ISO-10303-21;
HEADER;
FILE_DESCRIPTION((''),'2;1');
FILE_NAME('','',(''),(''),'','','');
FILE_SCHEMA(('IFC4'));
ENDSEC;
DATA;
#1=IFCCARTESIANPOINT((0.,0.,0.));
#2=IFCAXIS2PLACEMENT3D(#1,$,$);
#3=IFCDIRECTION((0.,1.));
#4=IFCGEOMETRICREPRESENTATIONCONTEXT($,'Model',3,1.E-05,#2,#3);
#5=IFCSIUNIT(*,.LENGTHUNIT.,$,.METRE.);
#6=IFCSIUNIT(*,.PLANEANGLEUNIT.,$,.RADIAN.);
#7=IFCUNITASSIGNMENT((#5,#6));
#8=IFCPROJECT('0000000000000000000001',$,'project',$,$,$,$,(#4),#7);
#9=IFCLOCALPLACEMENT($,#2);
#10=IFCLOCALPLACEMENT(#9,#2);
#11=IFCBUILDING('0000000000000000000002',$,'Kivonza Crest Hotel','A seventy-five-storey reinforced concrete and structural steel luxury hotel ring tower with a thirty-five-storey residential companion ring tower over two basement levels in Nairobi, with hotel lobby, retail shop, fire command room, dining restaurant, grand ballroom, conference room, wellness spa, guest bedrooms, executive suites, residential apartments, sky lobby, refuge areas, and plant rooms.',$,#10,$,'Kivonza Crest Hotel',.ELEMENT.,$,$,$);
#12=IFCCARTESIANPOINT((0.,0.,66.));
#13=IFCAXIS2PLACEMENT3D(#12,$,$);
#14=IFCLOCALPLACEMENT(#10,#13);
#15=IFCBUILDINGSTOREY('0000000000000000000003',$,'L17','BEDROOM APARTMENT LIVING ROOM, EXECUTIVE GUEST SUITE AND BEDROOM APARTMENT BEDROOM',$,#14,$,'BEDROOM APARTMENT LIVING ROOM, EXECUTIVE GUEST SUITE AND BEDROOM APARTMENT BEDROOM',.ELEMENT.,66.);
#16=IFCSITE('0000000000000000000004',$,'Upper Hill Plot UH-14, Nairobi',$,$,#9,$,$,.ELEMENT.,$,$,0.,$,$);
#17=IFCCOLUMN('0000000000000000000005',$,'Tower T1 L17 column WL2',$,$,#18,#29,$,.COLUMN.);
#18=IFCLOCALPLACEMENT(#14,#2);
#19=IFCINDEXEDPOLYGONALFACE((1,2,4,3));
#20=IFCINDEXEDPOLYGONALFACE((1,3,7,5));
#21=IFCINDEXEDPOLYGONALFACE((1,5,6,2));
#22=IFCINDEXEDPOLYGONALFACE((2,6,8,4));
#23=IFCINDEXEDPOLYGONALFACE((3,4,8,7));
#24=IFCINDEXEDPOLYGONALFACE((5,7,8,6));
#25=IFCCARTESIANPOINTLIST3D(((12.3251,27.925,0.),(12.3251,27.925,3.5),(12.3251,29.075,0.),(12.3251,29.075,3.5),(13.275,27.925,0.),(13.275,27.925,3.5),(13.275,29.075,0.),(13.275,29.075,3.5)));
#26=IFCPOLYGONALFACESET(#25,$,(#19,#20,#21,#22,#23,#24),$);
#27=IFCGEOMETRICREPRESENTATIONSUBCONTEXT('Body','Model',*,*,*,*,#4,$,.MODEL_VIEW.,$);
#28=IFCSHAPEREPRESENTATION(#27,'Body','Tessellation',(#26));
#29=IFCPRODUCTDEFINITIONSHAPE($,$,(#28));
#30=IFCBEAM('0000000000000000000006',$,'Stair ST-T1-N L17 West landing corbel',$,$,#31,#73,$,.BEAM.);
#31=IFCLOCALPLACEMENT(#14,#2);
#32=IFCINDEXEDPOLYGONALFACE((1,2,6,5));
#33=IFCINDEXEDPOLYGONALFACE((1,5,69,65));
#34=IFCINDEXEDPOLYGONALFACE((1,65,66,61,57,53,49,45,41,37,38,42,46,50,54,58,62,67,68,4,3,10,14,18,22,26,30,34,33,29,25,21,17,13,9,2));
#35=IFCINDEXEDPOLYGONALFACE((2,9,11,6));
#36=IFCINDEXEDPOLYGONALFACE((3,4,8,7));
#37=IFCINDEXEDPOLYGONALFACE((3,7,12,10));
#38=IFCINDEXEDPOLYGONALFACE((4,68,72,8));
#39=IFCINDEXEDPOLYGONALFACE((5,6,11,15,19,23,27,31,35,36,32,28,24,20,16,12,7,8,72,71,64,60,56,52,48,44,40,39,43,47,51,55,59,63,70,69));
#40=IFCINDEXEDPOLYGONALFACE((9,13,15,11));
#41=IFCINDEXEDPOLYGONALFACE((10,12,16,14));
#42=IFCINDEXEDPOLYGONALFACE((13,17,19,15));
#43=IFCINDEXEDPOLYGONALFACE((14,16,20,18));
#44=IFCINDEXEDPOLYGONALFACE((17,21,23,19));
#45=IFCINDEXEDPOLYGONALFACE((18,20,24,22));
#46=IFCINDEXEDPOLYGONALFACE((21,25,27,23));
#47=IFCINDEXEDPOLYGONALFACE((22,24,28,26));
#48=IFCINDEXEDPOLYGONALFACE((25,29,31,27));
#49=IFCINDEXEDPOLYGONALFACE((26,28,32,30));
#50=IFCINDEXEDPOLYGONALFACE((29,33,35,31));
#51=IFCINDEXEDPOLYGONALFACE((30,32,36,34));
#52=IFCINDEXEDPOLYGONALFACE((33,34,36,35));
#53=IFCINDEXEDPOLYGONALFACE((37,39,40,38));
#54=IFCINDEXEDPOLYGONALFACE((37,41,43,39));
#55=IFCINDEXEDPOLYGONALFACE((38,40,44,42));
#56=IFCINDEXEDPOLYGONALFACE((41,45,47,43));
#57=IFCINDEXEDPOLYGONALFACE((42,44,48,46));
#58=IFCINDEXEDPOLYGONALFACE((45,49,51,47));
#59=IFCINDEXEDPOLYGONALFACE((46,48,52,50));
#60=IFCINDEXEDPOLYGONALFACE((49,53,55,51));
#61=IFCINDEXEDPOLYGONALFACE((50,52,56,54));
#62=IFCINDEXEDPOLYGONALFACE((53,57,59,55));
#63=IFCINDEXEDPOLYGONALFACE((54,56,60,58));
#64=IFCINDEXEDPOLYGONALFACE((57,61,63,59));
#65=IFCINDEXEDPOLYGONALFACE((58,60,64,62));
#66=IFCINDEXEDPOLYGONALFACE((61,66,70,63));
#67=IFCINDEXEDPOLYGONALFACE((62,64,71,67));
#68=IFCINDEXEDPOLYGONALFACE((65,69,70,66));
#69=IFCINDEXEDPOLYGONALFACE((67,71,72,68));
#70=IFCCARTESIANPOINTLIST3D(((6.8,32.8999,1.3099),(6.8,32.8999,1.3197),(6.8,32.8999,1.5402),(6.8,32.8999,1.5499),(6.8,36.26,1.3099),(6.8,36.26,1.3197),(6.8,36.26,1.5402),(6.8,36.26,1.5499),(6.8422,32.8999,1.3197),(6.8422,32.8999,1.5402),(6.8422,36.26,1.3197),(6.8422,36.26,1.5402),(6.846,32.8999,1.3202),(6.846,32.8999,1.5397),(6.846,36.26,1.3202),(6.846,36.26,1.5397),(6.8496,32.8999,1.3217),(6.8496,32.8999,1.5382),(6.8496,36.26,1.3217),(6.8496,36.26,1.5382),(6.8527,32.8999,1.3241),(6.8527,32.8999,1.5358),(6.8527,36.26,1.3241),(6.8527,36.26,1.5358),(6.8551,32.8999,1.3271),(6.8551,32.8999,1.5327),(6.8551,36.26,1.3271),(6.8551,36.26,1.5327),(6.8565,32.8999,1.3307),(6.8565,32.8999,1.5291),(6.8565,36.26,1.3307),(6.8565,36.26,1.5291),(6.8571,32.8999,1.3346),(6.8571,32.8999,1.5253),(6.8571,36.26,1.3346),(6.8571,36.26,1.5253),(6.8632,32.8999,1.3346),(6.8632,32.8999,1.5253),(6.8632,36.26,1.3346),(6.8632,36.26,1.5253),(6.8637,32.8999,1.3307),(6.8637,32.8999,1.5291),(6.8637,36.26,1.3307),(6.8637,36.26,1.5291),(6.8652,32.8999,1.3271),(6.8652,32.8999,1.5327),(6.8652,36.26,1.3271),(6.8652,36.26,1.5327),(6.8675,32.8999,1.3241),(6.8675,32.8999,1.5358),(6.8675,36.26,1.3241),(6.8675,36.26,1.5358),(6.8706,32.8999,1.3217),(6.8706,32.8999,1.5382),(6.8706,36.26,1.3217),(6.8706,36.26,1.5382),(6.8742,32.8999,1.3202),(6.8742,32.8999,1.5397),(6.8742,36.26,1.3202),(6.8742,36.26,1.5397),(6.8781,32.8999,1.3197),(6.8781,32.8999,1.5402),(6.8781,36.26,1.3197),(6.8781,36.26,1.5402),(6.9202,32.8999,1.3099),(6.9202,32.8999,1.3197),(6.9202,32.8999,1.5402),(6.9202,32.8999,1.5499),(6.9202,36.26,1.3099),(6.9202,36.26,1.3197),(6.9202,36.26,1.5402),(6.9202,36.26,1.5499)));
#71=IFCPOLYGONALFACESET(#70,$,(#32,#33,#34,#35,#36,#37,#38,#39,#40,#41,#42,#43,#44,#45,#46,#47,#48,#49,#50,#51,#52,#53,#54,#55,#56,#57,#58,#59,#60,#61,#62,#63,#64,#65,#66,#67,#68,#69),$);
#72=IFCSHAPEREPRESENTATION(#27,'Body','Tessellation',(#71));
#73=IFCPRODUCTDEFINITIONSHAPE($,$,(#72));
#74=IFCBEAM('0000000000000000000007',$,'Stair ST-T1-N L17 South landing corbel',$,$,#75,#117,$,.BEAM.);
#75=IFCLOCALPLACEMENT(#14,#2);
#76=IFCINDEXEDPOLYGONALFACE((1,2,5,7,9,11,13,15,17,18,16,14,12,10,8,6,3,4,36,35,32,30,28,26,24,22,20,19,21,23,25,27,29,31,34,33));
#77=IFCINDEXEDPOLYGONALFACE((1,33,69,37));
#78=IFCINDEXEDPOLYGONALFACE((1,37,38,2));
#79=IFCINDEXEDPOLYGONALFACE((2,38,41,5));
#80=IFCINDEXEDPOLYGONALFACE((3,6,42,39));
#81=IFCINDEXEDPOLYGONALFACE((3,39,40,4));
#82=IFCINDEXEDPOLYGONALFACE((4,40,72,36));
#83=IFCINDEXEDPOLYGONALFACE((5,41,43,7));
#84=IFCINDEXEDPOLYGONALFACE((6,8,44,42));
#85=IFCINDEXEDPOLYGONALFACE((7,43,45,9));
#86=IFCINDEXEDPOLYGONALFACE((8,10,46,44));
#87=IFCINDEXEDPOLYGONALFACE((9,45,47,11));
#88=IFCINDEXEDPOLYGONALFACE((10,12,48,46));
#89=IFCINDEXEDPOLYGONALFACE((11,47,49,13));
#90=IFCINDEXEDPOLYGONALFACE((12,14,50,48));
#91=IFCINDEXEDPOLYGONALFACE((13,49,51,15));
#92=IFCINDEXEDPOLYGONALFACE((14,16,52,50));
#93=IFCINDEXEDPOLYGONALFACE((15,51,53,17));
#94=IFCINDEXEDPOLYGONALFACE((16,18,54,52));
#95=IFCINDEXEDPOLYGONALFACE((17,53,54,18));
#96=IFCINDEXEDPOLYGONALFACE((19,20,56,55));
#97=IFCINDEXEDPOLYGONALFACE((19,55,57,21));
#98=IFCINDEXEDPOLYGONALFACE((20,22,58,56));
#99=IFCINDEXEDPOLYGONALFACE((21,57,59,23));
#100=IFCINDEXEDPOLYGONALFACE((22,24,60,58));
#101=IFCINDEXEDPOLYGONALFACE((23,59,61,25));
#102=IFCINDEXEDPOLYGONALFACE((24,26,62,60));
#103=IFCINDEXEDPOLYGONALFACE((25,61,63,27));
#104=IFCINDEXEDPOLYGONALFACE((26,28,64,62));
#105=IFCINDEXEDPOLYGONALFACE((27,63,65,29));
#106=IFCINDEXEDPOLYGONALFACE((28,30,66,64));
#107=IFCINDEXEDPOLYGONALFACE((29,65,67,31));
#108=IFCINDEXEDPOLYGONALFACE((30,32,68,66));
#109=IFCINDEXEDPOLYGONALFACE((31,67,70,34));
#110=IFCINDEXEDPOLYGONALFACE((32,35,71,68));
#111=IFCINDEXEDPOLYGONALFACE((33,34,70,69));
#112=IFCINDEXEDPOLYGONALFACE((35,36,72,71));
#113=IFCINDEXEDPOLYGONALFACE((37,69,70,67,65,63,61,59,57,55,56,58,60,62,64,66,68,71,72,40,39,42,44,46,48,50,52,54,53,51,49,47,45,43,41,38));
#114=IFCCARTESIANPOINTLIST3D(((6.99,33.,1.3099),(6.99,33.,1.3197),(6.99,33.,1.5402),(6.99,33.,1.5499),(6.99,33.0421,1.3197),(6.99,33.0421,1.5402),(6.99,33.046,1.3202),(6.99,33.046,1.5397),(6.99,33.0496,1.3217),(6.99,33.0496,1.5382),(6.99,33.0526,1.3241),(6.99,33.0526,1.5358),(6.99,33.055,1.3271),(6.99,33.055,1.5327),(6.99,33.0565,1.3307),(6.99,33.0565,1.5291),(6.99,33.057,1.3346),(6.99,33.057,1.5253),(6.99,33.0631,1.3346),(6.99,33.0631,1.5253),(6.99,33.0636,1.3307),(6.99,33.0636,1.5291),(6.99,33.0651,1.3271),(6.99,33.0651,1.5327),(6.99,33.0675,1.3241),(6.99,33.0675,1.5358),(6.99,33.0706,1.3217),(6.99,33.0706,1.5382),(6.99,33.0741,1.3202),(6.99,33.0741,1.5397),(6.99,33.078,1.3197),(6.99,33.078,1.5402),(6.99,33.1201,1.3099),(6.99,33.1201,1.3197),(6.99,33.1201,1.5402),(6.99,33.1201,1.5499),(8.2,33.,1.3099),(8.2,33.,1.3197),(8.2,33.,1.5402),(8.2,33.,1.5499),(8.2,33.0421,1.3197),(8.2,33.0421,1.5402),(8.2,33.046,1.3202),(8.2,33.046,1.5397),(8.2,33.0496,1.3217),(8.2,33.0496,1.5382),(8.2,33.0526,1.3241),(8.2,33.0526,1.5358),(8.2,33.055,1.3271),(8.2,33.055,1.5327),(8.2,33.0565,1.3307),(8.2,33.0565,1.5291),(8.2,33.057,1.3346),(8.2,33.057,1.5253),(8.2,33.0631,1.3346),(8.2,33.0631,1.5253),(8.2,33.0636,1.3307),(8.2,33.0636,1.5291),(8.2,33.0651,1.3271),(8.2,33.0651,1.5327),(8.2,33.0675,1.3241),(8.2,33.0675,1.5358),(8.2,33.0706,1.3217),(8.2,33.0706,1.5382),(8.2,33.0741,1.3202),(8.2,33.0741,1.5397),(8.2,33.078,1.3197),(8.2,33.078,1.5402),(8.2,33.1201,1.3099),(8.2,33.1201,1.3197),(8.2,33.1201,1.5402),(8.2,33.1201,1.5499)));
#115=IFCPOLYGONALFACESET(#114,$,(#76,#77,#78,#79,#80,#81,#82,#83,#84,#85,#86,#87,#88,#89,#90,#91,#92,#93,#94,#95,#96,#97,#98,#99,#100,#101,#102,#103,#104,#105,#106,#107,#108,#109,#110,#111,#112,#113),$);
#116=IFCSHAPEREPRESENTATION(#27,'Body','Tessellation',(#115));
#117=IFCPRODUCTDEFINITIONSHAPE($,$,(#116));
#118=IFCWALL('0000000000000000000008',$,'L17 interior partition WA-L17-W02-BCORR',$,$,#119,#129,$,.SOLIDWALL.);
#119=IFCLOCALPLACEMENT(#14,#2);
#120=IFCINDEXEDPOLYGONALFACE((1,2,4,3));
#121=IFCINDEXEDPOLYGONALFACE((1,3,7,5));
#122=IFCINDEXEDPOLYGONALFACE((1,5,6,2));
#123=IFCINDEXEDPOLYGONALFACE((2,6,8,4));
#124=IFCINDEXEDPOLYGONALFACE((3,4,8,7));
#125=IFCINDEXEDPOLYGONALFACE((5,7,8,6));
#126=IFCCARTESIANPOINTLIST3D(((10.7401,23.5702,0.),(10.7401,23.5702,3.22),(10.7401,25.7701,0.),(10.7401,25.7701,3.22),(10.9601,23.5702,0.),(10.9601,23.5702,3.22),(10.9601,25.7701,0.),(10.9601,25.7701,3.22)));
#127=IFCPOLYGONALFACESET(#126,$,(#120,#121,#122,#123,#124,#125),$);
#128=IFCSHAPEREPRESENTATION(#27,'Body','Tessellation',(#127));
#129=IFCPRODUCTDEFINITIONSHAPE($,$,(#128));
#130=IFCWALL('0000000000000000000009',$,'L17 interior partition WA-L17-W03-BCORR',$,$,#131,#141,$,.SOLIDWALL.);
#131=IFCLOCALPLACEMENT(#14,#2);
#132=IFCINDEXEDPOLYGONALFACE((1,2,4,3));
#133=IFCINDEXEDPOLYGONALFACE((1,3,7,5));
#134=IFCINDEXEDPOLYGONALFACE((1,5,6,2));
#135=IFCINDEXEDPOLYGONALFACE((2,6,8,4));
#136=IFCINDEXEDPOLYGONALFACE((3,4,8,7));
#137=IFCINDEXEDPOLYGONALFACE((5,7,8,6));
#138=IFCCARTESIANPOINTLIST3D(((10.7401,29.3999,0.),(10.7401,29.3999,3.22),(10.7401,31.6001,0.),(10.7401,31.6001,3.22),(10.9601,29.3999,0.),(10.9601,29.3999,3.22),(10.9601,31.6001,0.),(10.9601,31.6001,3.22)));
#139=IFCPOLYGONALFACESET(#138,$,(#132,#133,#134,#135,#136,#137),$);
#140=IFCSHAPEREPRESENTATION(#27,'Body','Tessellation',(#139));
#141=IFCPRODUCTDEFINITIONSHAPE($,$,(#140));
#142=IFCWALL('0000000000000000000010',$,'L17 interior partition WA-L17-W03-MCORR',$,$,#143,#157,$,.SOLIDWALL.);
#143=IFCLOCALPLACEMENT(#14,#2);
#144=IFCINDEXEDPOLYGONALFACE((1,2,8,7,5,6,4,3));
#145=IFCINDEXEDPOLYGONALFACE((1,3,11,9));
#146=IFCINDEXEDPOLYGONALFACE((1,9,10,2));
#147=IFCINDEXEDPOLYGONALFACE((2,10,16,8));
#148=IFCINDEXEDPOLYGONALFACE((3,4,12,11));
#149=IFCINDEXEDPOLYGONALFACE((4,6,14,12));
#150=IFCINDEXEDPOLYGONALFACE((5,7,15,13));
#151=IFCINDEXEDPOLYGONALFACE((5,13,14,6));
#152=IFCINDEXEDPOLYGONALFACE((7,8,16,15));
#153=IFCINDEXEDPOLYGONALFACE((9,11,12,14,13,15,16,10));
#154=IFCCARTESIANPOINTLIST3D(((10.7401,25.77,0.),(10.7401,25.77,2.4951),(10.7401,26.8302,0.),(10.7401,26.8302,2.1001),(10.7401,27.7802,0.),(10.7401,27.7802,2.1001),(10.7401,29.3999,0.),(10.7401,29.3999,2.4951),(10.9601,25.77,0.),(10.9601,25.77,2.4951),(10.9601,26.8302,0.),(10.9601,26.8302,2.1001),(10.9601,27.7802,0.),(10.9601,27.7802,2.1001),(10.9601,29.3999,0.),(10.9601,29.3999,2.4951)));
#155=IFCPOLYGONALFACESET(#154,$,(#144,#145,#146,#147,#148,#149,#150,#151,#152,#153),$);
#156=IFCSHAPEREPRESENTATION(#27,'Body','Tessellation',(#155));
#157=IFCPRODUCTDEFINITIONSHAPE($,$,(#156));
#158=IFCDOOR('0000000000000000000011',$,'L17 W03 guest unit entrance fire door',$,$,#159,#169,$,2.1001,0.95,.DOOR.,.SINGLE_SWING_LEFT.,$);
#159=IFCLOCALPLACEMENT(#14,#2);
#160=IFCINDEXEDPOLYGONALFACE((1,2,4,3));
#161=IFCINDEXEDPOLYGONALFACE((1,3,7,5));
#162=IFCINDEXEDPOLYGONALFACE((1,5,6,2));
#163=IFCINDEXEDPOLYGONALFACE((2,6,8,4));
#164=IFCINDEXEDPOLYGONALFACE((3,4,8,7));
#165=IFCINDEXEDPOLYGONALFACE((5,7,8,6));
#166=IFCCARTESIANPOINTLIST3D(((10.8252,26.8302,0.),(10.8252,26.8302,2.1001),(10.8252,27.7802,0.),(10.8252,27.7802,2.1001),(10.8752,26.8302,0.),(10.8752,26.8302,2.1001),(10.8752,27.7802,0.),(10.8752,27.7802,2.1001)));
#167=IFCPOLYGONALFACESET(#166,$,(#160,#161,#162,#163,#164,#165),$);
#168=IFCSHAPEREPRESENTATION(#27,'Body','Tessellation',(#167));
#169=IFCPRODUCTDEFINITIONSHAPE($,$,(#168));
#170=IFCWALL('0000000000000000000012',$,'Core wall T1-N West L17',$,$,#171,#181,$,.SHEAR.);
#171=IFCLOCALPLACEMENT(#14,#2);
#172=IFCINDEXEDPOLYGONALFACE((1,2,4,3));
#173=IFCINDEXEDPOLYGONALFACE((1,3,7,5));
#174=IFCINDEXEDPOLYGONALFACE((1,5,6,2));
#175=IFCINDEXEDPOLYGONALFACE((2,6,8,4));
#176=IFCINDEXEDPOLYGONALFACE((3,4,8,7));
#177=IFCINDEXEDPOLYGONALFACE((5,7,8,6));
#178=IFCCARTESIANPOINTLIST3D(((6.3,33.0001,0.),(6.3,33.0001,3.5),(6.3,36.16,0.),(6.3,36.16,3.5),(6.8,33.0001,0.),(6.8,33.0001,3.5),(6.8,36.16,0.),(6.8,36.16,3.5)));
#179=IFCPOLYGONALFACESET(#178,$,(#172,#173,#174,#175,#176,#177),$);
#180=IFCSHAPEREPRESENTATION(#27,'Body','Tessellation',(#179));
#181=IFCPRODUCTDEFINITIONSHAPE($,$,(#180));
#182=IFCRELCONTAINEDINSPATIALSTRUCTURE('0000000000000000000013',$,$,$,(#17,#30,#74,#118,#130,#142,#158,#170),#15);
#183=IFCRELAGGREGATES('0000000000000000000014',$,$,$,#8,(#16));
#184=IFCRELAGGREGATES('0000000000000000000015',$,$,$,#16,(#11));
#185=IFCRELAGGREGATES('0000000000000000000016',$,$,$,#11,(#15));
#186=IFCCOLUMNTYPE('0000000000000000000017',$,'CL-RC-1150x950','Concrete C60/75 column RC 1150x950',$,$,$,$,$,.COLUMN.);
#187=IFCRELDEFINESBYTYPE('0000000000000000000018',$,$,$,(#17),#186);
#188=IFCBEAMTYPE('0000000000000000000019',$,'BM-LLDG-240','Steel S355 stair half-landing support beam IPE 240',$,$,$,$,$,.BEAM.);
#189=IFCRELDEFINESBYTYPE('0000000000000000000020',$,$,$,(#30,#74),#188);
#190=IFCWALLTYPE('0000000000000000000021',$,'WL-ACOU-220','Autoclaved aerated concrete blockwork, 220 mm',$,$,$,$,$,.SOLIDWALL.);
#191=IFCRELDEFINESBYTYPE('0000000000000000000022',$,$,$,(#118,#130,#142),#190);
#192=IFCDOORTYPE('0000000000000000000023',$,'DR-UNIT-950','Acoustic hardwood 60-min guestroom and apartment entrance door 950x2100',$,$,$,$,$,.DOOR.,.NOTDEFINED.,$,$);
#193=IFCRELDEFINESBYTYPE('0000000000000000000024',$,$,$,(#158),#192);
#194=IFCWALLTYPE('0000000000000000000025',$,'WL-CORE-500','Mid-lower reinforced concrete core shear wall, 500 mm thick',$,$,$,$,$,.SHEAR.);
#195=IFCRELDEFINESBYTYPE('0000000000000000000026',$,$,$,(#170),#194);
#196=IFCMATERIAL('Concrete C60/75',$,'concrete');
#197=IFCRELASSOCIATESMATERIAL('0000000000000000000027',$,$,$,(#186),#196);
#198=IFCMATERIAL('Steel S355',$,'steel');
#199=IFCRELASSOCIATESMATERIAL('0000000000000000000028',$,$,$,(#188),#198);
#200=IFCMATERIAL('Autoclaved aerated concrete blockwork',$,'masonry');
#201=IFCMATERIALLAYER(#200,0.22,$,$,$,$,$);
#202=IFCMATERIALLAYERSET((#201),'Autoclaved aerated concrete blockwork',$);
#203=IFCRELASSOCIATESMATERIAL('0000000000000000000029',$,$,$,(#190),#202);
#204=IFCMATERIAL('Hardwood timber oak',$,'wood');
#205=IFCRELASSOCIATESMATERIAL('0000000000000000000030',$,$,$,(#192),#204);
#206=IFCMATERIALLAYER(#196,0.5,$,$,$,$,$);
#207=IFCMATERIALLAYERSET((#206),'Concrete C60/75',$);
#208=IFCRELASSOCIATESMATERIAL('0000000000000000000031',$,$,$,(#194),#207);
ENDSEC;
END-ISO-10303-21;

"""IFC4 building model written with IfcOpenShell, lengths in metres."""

from ifc_helpers import new_model, si_unit, direction, frame, frame_2d, origin, origin_2d, place, context, subcontext, project, spatial, rectangle, i_section, extrude, material, layer, layer_set, material_profile, profile_set, type_object, element, fill, save


model = new_model("IFC4")

# Units and contexts
model_context = context("Model", 3, precision=1e-05, world=origin(), true_north=direction((0.0, 1.0)))
body_context = subcontext(model_context, "Body", "Model", "MODEL_VIEW")
ifc_project = project(units=[si_unit("LENGTHUNIT", "METRE"), si_unit("PLANEANGLEUNIT", "RADIAN")], contexts=[model_context])

# Site, building, storey
site_placement = place(None, origin())
site = spatial("IfcSite", under=ifc_project, at=site_placement, Name="Upper Hill Plot UH-14, Nairobi", CompositionType="ELEMENT", RefElevation=0.0)
building_placement = place(site_placement, origin())
building = spatial("IfcBuilding", under=site, at=building_placement, Name="Kivonza Crest Hotel", Description="A seventy-five-storey reinforced concrete and structural steel luxury hotel ring tower with a thirty-five-storey residential companion ring tower over two basement levels in Nairobi, with hotel lobby, retail shop, fire command room, dining restaurant, grand ballroom, conference room, wellness spa, guest bedrooms, executive suites, residential apartments, sky lobby, refuge areas, and plant rooms.", LongName="Kivonza Crest Hotel", CompositionType="ELEMENT")
storey_placement = place(building_placement, frame((0.0, 0.0, 66.0)))
storey = spatial("IfcBuildingStorey", under=building, at=storey_placement, Name="L17", Description="BEDROOM APARTMENT LIVING ROOM, EXECUTIVE GUEST SUITE AND BEDROOM APARTMENT BEDROOM", LongName="BEDROOM APARTMENT LIVING ROOM, EXECUTIVE GUEST SUITE AND BEDROOM APARTMENT BEDROOM", CompositionType="ELEMENT", Elevation=66.0)

# Column
ifc_material_1 = material(Name="Concrete C60/75", Category="concrete")
ifc_material_profile_1 = material_profile(ifc_material_1, rectangle(XDim=0.95, YDim=1.1499, at=origin_2d()), Name="RC 1150x950")
ifc_profile_set_1 = profile_set([ifc_material_profile_1], Name="Concrete C60/75")
column_type = type_object("IfcColumnType", Name="CL-RC-1150x950", Description="Concrete C60/75 column RC 1150x950", PredefinedType="COLUMN", material=ifc_profile_set_1)
column_placement = place(storey_placement, frame((12.8, 28.5, 0.0), z_axis=(0.0, 0.0, 1.0), x_axis=(1.0, 0.0, 0.0)))
element("IfcColumn", 1, at=column_placement, inside=storey, type_object=column_type, Name="Tower T1 L17 column WL2", PredefinedType="COLUMN", context=body_context, shape_type="SweptSolid", body=[
    extrude(rectangle(XDim=0.95, YDim=1.1499, at=origin_2d()), origin(), (0.0, 0.0, 1.0), 3.5),
])

# Beams
ifc_material_2 = material(Name="Steel S355", Category="steel")
ifc_material_profile_2 = material_profile(ifc_material_2, i_section(OverallWidth=0.1201, OverallDepth=0.24, WebThickness=0.0061, FlangeThickness=0.0098, FilletRadius=0.0149, at=origin_2d()), Name="IPE 240")
ifc_profile_set_2 = profile_set([ifc_material_profile_2], Name="Steel S355")
beam_type = type_object("IfcBeamType", Name="BM-LLDG-240", Description="Steel S355 stair half-landing support beam IPE 240", PredefinedType="BEAM", material=ifc_profile_set_2)
beam_1_placement = place(storey_placement, frame((6.8601, 32.8999, 1.4299), z_axis=(0.0, 1.0, 0.0), x_axis=(-1.0, 0.0, 0.0)))
element("IfcBeam", 2, at=beam_1_placement, inside=storey, type_object=beam_type, Name="Stair ST-T1-N L17 West landing corbel", PredefinedType="BEAM", context=body_context, shape_type="SweptSolid", body=[
    extrude(i_section(OverallWidth=0.1201, OverallDepth=0.24, WebThickness=0.0061, FlangeThickness=0.0098, FilletRadius=0.0149, at=origin_2d()), origin(), (0.0, 0.0, 1.0), 3.3601),
])
beam_2_placement = place(storey_placement, frame((6.99, 33.0601, 1.4299), z_axis=(1.0, 0.0, 0.0), x_axis=(0.0, 1.0, 0.0)))
element("IfcBeam", 3, at=beam_2_placement, inside=storey, type_object=beam_type, Name="Stair ST-T1-N L17 South landing corbel", PredefinedType="BEAM", context=body_context, shape_type="SweptSolid", body=[
    extrude(i_section(OverallWidth=0.1201, OverallDepth=0.24, WebThickness=0.0061, FlangeThickness=0.0098, FilletRadius=0.0149, at=origin_2d()), origin(), (0.0, 0.0, 1.0), 1.21),
])

# Walls
ifc_material_3 = material(Name="Autoclaved aerated concrete blockwork", Category="masonry")
ifc_layer_1 = layer(ifc_material_3, 0.22)
ifc_layer_set_1 = layer_set([ifc_layer_1], Name="Autoclaved aerated concrete blockwork")
wall_type_1 = type_object("IfcWallType", Name="WL-ACOU-220", Description="Autoclaved aerated concrete blockwork, 220 mm", PredefinedType="SOLIDWALL", material=ifc_layer_set_1)
wall_1_placement = place(storey_placement, frame((10.8501, 23.5701, 0.0), z_axis=(0.0, 0.0, 1.0), x_axis=(0.0, 1.0, 0.0)))
element("IfcWall", 4, at=wall_1_placement, inside=storey, type_object=wall_type_1, Name="L17 interior partition WA-L17-W02-BCORR", PredefinedType="SOLIDWALL", context=body_context, shape_type="SweptSolid", body=[
    extrude(rectangle(XDim=2.2, YDim=0.22, at=frame_2d((1.1001, 0.0))), origin(), (0.0, 0.0, 1.0), 3.22),
])
wall_2_placement = place(storey_placement, frame((10.8501, 29.3999, 0.0), z_axis=(0.0, 0.0, 1.0), x_axis=(0.0, 1.0, 0.0)))
element("IfcWall", 5, at=wall_2_placement, inside=storey, type_object=wall_type_1, Name="L17 interior partition WA-L17-W03-BCORR", PredefinedType="SOLIDWALL", context=body_context, shape_type="SweptSolid", body=[
    extrude(rectangle(XDim=2.2002, YDim=0.22, at=frame_2d((1.1001, 0.0))), origin(), (0.0, 0.0, 1.0), 3.22),
])

# Wall, opening, door
wall_3_placement = place(storey_placement, frame((10.8501, 25.77, 0.0), z_axis=(0.0, 0.0, 1.0), x_axis=(0.0, 1.0, 0.0)))
wall_3 = element("IfcWall", 6, at=wall_3_placement, inside=storey, type_object=wall_type_1, Name="L17 interior partition WA-L17-W03-MCORR", PredefinedType="SOLIDWALL", context=body_context, shape_type="SweptSolid", body=[
    extrude(rectangle(XDim=3.6299, YDim=0.22, at=frame_2d((1.8149, 0.0))), origin(), (0.0, 0.0, 1.0), 2.4951),
])
opening_1_placement = place(wall_3_placement, frame((1.0601, 0.0, 0.0)))
opening_1 = element("IfcOpeningElement", 7, at=opening_1_placement, cuts=wall_3, PredefinedType="OPENING", context=body_context, shape_type="SweptSolid", body=[
    extrude(rectangle(XDim=0.95, YDim=2.1001, at=frame_2d((0.4751, 1.05))), frame((0.0, 0.1201, 0.0), z_axis=(0.0, -1.0, 0.0), x_axis=(1.0, 0.0, 0.0)), (0.0, 0.0, 1.0), 0.24),
])
ifc_material_4 = material(Name="Hardwood timber oak", Category="wood")
door_type_1 = type_object("IfcDoorType", Name="DR-UNIT-950", Description="Acoustic hardwood 60-min guestroom and apartment entrance door 950x2100", OperationType="NOTDEFINED", PredefinedType="DOOR", material=ifc_material_4)
door_1_placement = place(opening_1_placement, origin())
door_1 = element("IfcDoor", 8, at=door_1_placement, inside=storey, type_object=door_type_1, Name="L17 W03 guest unit entrance fire door", OperationType="SINGLE_SWING_LEFT", OverallHeight=2.1001, OverallWidth=0.95, PredefinedType="DOOR", context=body_context, shape_type="SweptSolid", body=[
    extrude(rectangle(XDim=0.95, YDim=2.1001, at=frame_2d((0.4751, 1.05))), frame((0.0, 0.0249, 0.0), z_axis=(0.0, -1.0, 0.0), x_axis=(1.0, 0.0, 0.0)), (0.0, 0.0, 1.0), 0.05),
])
fill(opening_1, door_1)

# Wall
ifc_layer_2 = layer(ifc_material_1, 0.5)
ifc_layer_set_2 = layer_set([ifc_layer_2], Name="Concrete C60/75")
wall_type_2 = type_object("IfcWallType", Name="WL-CORE-500", Description="Mid-lower reinforced concrete core shear wall, 500 mm thick", PredefinedType="SHEAR", material=ifc_layer_set_2)
wall_4_placement = place(storey_placement, frame((6.55, 33.0, 0.0), z_axis=(0.0, 0.0, 1.0), x_axis=(0.0, 1.0, 0.0)))
element("IfcWall", 9, at=wall_4_placement, inside=storey, type_object=wall_type_2, Name="Core wall T1-N West L17", PredefinedType="SHEAR", context=body_context, shape_type="SweptSolid", body=[
    extrude(rectangle(XDim=3.1599, YDim=0.5, at=frame_2d((1.5801, 0.0))), origin(), (0.0, 0.0, 1.0), 3.5),
])

save(model, "model.ifc")
